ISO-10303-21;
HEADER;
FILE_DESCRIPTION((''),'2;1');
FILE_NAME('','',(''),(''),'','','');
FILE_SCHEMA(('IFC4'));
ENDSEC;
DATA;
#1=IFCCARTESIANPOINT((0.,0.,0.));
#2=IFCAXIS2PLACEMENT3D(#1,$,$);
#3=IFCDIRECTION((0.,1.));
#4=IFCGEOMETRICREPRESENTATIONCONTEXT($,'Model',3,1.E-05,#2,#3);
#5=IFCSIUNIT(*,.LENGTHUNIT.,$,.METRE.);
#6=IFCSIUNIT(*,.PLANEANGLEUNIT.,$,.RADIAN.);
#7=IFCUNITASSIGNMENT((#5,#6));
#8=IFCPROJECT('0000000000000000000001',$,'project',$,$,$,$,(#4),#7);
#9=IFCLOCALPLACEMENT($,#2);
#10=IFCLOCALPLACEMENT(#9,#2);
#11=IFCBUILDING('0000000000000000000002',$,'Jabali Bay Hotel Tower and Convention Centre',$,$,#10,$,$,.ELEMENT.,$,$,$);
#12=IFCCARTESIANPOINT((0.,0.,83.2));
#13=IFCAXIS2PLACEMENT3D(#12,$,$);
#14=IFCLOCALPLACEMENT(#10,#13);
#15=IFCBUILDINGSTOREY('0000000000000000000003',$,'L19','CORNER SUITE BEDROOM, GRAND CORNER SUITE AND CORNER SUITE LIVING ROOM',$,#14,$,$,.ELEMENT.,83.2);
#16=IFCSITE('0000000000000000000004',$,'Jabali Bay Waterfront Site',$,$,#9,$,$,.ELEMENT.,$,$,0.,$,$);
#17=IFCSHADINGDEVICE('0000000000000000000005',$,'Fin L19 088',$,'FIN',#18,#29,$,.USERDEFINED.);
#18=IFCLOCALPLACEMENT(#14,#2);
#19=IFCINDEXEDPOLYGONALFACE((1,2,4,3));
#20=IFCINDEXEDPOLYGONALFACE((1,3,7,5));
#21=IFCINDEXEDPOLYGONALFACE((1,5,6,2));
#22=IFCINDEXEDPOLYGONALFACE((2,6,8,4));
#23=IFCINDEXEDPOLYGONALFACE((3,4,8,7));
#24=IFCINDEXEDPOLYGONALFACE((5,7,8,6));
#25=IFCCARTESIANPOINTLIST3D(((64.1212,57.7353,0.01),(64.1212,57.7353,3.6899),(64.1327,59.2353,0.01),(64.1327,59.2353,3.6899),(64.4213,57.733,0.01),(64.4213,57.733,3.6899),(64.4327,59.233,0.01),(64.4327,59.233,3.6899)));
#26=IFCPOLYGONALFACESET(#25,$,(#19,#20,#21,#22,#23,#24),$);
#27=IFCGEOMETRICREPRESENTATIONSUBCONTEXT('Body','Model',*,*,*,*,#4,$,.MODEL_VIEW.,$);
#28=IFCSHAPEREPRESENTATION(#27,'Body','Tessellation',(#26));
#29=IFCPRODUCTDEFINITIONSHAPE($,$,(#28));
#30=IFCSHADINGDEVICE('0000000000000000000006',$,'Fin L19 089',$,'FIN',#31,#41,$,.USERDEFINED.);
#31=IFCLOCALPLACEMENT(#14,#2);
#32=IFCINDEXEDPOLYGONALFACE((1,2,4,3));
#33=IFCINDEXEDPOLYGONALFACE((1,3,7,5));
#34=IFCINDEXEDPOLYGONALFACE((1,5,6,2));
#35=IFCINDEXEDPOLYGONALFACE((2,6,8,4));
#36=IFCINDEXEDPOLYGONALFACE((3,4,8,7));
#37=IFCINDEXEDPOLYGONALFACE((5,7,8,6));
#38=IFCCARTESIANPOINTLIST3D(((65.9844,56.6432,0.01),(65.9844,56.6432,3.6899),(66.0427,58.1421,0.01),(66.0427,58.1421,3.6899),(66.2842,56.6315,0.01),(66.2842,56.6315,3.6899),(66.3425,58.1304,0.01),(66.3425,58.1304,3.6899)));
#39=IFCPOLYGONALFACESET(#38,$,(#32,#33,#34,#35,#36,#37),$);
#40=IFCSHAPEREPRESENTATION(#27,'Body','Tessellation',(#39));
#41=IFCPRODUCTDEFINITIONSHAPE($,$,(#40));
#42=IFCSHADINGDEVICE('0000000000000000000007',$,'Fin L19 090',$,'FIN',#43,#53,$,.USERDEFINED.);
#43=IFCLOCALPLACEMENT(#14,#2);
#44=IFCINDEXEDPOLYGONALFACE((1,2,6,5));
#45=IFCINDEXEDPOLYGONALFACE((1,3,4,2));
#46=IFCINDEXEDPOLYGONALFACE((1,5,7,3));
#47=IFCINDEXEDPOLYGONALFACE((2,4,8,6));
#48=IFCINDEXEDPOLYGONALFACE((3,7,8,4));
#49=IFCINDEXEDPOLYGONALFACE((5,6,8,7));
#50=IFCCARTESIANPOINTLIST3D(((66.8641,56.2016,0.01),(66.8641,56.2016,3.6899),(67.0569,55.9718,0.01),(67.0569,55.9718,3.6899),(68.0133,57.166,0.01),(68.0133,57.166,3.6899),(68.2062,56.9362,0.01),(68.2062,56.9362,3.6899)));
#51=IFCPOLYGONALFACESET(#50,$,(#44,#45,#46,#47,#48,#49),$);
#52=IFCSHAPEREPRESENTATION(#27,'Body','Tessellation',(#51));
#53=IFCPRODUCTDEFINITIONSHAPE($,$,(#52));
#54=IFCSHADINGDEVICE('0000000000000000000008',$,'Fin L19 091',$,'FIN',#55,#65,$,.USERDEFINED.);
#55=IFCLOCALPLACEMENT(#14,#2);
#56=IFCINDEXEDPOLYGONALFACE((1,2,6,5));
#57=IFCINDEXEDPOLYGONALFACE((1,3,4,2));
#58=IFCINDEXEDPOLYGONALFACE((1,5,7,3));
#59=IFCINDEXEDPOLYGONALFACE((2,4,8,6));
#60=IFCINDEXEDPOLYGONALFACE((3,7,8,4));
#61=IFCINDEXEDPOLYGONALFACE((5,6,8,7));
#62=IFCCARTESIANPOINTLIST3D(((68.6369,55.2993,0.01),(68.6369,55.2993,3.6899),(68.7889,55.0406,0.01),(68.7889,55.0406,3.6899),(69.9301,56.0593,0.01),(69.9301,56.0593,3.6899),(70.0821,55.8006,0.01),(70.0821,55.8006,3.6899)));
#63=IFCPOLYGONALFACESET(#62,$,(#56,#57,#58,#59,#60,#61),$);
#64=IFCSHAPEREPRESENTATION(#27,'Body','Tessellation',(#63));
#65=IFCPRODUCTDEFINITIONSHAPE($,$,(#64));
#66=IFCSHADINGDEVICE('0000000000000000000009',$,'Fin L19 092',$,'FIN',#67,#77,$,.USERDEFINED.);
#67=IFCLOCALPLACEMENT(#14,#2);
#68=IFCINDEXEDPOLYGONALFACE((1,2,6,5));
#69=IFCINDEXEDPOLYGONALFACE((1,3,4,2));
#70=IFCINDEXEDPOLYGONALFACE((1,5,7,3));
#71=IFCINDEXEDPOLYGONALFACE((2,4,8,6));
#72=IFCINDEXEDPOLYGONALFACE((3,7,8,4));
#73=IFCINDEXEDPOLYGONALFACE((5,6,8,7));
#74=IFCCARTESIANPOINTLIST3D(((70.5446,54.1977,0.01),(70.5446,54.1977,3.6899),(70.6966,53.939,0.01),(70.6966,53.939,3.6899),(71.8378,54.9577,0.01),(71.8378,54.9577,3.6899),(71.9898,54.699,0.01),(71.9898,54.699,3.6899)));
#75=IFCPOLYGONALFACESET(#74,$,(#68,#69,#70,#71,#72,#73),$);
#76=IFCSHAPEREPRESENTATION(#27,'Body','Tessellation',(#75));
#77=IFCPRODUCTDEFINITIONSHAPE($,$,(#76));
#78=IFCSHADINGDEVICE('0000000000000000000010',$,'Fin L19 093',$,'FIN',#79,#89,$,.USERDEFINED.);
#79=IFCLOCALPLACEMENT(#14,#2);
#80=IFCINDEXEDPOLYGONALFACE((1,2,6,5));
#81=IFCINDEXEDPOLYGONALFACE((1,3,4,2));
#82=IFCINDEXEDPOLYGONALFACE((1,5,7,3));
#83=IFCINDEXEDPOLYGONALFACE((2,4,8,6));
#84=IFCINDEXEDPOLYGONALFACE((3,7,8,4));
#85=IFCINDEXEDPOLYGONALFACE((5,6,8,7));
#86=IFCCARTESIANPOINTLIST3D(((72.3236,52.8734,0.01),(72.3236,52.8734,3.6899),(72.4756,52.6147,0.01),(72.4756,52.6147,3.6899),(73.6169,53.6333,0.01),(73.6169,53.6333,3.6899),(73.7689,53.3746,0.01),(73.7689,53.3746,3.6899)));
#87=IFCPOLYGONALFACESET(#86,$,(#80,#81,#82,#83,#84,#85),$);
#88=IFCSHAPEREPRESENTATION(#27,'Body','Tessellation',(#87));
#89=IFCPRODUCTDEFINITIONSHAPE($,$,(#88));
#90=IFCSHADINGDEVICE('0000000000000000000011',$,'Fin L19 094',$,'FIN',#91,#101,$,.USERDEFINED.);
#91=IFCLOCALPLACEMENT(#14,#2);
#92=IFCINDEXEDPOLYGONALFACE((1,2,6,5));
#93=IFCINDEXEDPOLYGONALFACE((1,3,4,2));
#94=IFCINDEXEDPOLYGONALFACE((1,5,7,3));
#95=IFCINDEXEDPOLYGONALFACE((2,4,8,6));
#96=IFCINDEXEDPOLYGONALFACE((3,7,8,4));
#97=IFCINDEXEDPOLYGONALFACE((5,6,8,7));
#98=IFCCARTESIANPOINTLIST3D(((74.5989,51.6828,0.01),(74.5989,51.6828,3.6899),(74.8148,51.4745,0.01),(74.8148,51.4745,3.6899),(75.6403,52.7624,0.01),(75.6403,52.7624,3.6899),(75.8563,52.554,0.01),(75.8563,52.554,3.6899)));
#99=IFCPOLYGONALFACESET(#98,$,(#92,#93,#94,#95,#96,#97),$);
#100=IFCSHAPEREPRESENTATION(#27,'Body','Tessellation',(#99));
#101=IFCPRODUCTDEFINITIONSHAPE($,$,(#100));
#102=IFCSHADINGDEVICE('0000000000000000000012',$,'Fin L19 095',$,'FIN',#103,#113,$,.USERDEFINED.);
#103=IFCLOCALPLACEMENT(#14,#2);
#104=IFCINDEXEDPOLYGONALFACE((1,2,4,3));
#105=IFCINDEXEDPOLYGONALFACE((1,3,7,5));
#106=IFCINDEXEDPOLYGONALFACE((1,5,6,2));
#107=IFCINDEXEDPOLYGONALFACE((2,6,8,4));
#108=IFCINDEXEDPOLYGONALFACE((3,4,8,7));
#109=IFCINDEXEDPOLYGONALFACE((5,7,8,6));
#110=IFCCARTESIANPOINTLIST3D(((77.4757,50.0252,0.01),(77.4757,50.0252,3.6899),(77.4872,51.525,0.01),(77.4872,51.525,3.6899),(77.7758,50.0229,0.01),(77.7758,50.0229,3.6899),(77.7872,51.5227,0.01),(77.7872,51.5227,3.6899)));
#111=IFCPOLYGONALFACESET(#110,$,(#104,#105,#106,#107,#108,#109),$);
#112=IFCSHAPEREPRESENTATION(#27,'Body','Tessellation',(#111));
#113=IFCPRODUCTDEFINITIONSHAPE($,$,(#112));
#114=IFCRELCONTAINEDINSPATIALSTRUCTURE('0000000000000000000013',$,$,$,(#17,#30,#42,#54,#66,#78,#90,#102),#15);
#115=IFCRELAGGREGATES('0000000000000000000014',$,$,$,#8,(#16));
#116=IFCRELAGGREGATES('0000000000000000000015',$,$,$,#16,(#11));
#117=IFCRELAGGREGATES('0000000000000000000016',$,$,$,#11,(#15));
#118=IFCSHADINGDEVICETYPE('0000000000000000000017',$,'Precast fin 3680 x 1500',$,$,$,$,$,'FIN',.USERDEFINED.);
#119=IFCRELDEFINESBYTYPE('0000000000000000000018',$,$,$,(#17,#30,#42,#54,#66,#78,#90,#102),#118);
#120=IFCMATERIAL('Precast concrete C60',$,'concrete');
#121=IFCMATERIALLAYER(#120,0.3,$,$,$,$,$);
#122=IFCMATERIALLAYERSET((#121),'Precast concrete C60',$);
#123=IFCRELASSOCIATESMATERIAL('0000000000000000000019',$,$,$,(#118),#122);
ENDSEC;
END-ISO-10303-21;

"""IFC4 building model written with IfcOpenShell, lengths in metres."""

from ifc_helpers import new_model, si_unit, direction, frame, frame_2d, origin, place, context, subcontext, project, spatial, rectangle, extrude, material, layer, layer_set, type_object, element, save


model = new_model("IFC4")

# Units and contexts
model_context = context("Model", 3, precision=1e-05, world=origin(), true_north=direction((0.0, 1.0)))
body_context = subcontext(model_context, "Body", "Model", "MODEL_VIEW")
ifc_project = project(units=[si_unit("LENGTHUNIT", "METRE"), si_unit("PLANEANGLEUNIT", "RADIAN")], contexts=[model_context])

# Site, building, storey
site_placement = place(None, origin())
site = spatial("IfcSite", under=ifc_project, at=site_placement, Name="Jabali Bay Waterfront Site", CompositionType="ELEMENT", RefElevation=0.0)
building_placement = place(site_placement, origin())
building = spatial("IfcBuilding", under=site, at=building_placement, Name="Jabali Bay Hotel Tower and Convention Centre", CompositionType="ELEMENT")
storey_placement = place(building_placement, frame((0.0, 0.0, 83.2)))
storey = spatial("IfcBuildingStorey", under=building, at=storey_placement, Name="L19", Description="CORNER SUITE BEDROOM, GRAND CORNER SUITE AND CORNER SUITE LIVING ROOM", CompositionType="ELEMENT", Elevation=83.2)

# Shading devices
ifc_material_1 = material(Name="Precast concrete C60", Category="concrete")
ifc_layer_1 = layer(ifc_material_1, 0.3)
ifc_layer_set_1 = layer_set([ifc_layer_1], Name="Precast concrete C60")
shading_device_type = type_object("IfcShadingDeviceType", Name="Precast fin 3680 x 1500", ElementType="FIN", PredefinedType="USERDEFINED", material=ifc_layer_set_1)
for number, where, z_axis, x_axis, name in (
    (1, (64.2827, 59.2341, 0.01), (0.0, 0.0, 1.0), (-0.00765, -0.999971, 0.0), "Fin L19 088"),
    (2, (66.1926, 58.1362, 0.01), (0.0, 0.0, 1.0), (-0.038902, -0.999243, 0.0), "Fin L19 089"),
):
    element("IfcShadingDevice", number, at=place(storey_placement, frame(where, z_axis=z_axis, x_axis=x_axis)), inside=storey, type_object=shading_device_type, Name=name, ObjectType="FIN", PredefinedType="USERDEFINED", context=body_context, shape_type="SweptSolid", body=[
        extrude(rectangle(XDim=1.5, YDim=0.3, at=frame_2d((0.75, 0.0))), origin(), (0.0, 0.0, 1.0), 3.6799),
    ])
shading_device_1_placement = place(storey_placement, frame((68.1096, 57.051, 0.01), z_axis=(0.0, 0.0, 1.0), x_axis=(-0.766016, -0.642822, 0.0)))
element("IfcShadingDevice", 3, at=shading_device_1_placement, inside=storey, type_object=shading_device_type, Name="Fin L19 090", ObjectType="FIN", PredefinedType="USERDEFINED", context=body_context, shape_type="SweptSolid", body=[
    extrude(rectangle(XDim=1.5002, YDim=0.3, at=frame_2d((0.75, 0.0))), origin(), (0.0, 0.0, 1.0), 3.6799),
])
for number, where, z_axis, x_axis, name in (
    (4, (70.0061, 55.9299, 0.01), (0.0, 0.0, 1.0), (-0.862139, -0.506672, 0.0), "Fin L19 091"),
    (5, (71.9138, 54.8284, 0.01), (0.0, 0.0, 1.0), (-0.862139, -0.506672, 0.0), "Fin L19 092"),
    (6, (73.6929, 53.5039, 0.01), (0.0, 0.0, 1.0), (-0.86221, -0.506551, 0.0), "Fin L19 093"),
    (7, (75.7483, 52.6582, 0.01), (0.0, 0.0, 1.0), (-0.694298, -0.719687, 0.0), "Fin L19 094"),
):
    element("IfcShadingDevice", number, at=place(storey_placement, frame(where, z_axis=z_axis, x_axis=x_axis)), inside=storey, type_object=shading_device_type, Name=name, ObjectType="FIN", PredefinedType="USERDEFINED", context=body_context, shape_type="SweptSolid", body=[
        extrude(rectangle(XDim=1.5, YDim=0.3, at=frame_2d((0.75, 0.0))), origin(), (0.0, 0.0, 1.0), 3.6799),
    ])
shading_device_2_placement = place(storey_placement, frame((77.6372, 51.5239, 0.01), z_axis=(0.0, 0.0, 1.0), x_axis=(-0.007651, -0.999971, 0.0)))
element("IfcShadingDevice", 8, at=shading_device_2_placement, inside=storey, type_object=shading_device_type, Name="Fin L19 095", ObjectType="FIN", PredefinedType="USERDEFINED", context=body_context, shape_type="SweptSolid", body=[
    extrude(rectangle(XDim=1.4998, YDim=0.3, at=frame_2d((0.75, 0.0))), origin(), (0.0, 0.0, 1.0), 3.6799),
])

save(model, "model.ifc")
